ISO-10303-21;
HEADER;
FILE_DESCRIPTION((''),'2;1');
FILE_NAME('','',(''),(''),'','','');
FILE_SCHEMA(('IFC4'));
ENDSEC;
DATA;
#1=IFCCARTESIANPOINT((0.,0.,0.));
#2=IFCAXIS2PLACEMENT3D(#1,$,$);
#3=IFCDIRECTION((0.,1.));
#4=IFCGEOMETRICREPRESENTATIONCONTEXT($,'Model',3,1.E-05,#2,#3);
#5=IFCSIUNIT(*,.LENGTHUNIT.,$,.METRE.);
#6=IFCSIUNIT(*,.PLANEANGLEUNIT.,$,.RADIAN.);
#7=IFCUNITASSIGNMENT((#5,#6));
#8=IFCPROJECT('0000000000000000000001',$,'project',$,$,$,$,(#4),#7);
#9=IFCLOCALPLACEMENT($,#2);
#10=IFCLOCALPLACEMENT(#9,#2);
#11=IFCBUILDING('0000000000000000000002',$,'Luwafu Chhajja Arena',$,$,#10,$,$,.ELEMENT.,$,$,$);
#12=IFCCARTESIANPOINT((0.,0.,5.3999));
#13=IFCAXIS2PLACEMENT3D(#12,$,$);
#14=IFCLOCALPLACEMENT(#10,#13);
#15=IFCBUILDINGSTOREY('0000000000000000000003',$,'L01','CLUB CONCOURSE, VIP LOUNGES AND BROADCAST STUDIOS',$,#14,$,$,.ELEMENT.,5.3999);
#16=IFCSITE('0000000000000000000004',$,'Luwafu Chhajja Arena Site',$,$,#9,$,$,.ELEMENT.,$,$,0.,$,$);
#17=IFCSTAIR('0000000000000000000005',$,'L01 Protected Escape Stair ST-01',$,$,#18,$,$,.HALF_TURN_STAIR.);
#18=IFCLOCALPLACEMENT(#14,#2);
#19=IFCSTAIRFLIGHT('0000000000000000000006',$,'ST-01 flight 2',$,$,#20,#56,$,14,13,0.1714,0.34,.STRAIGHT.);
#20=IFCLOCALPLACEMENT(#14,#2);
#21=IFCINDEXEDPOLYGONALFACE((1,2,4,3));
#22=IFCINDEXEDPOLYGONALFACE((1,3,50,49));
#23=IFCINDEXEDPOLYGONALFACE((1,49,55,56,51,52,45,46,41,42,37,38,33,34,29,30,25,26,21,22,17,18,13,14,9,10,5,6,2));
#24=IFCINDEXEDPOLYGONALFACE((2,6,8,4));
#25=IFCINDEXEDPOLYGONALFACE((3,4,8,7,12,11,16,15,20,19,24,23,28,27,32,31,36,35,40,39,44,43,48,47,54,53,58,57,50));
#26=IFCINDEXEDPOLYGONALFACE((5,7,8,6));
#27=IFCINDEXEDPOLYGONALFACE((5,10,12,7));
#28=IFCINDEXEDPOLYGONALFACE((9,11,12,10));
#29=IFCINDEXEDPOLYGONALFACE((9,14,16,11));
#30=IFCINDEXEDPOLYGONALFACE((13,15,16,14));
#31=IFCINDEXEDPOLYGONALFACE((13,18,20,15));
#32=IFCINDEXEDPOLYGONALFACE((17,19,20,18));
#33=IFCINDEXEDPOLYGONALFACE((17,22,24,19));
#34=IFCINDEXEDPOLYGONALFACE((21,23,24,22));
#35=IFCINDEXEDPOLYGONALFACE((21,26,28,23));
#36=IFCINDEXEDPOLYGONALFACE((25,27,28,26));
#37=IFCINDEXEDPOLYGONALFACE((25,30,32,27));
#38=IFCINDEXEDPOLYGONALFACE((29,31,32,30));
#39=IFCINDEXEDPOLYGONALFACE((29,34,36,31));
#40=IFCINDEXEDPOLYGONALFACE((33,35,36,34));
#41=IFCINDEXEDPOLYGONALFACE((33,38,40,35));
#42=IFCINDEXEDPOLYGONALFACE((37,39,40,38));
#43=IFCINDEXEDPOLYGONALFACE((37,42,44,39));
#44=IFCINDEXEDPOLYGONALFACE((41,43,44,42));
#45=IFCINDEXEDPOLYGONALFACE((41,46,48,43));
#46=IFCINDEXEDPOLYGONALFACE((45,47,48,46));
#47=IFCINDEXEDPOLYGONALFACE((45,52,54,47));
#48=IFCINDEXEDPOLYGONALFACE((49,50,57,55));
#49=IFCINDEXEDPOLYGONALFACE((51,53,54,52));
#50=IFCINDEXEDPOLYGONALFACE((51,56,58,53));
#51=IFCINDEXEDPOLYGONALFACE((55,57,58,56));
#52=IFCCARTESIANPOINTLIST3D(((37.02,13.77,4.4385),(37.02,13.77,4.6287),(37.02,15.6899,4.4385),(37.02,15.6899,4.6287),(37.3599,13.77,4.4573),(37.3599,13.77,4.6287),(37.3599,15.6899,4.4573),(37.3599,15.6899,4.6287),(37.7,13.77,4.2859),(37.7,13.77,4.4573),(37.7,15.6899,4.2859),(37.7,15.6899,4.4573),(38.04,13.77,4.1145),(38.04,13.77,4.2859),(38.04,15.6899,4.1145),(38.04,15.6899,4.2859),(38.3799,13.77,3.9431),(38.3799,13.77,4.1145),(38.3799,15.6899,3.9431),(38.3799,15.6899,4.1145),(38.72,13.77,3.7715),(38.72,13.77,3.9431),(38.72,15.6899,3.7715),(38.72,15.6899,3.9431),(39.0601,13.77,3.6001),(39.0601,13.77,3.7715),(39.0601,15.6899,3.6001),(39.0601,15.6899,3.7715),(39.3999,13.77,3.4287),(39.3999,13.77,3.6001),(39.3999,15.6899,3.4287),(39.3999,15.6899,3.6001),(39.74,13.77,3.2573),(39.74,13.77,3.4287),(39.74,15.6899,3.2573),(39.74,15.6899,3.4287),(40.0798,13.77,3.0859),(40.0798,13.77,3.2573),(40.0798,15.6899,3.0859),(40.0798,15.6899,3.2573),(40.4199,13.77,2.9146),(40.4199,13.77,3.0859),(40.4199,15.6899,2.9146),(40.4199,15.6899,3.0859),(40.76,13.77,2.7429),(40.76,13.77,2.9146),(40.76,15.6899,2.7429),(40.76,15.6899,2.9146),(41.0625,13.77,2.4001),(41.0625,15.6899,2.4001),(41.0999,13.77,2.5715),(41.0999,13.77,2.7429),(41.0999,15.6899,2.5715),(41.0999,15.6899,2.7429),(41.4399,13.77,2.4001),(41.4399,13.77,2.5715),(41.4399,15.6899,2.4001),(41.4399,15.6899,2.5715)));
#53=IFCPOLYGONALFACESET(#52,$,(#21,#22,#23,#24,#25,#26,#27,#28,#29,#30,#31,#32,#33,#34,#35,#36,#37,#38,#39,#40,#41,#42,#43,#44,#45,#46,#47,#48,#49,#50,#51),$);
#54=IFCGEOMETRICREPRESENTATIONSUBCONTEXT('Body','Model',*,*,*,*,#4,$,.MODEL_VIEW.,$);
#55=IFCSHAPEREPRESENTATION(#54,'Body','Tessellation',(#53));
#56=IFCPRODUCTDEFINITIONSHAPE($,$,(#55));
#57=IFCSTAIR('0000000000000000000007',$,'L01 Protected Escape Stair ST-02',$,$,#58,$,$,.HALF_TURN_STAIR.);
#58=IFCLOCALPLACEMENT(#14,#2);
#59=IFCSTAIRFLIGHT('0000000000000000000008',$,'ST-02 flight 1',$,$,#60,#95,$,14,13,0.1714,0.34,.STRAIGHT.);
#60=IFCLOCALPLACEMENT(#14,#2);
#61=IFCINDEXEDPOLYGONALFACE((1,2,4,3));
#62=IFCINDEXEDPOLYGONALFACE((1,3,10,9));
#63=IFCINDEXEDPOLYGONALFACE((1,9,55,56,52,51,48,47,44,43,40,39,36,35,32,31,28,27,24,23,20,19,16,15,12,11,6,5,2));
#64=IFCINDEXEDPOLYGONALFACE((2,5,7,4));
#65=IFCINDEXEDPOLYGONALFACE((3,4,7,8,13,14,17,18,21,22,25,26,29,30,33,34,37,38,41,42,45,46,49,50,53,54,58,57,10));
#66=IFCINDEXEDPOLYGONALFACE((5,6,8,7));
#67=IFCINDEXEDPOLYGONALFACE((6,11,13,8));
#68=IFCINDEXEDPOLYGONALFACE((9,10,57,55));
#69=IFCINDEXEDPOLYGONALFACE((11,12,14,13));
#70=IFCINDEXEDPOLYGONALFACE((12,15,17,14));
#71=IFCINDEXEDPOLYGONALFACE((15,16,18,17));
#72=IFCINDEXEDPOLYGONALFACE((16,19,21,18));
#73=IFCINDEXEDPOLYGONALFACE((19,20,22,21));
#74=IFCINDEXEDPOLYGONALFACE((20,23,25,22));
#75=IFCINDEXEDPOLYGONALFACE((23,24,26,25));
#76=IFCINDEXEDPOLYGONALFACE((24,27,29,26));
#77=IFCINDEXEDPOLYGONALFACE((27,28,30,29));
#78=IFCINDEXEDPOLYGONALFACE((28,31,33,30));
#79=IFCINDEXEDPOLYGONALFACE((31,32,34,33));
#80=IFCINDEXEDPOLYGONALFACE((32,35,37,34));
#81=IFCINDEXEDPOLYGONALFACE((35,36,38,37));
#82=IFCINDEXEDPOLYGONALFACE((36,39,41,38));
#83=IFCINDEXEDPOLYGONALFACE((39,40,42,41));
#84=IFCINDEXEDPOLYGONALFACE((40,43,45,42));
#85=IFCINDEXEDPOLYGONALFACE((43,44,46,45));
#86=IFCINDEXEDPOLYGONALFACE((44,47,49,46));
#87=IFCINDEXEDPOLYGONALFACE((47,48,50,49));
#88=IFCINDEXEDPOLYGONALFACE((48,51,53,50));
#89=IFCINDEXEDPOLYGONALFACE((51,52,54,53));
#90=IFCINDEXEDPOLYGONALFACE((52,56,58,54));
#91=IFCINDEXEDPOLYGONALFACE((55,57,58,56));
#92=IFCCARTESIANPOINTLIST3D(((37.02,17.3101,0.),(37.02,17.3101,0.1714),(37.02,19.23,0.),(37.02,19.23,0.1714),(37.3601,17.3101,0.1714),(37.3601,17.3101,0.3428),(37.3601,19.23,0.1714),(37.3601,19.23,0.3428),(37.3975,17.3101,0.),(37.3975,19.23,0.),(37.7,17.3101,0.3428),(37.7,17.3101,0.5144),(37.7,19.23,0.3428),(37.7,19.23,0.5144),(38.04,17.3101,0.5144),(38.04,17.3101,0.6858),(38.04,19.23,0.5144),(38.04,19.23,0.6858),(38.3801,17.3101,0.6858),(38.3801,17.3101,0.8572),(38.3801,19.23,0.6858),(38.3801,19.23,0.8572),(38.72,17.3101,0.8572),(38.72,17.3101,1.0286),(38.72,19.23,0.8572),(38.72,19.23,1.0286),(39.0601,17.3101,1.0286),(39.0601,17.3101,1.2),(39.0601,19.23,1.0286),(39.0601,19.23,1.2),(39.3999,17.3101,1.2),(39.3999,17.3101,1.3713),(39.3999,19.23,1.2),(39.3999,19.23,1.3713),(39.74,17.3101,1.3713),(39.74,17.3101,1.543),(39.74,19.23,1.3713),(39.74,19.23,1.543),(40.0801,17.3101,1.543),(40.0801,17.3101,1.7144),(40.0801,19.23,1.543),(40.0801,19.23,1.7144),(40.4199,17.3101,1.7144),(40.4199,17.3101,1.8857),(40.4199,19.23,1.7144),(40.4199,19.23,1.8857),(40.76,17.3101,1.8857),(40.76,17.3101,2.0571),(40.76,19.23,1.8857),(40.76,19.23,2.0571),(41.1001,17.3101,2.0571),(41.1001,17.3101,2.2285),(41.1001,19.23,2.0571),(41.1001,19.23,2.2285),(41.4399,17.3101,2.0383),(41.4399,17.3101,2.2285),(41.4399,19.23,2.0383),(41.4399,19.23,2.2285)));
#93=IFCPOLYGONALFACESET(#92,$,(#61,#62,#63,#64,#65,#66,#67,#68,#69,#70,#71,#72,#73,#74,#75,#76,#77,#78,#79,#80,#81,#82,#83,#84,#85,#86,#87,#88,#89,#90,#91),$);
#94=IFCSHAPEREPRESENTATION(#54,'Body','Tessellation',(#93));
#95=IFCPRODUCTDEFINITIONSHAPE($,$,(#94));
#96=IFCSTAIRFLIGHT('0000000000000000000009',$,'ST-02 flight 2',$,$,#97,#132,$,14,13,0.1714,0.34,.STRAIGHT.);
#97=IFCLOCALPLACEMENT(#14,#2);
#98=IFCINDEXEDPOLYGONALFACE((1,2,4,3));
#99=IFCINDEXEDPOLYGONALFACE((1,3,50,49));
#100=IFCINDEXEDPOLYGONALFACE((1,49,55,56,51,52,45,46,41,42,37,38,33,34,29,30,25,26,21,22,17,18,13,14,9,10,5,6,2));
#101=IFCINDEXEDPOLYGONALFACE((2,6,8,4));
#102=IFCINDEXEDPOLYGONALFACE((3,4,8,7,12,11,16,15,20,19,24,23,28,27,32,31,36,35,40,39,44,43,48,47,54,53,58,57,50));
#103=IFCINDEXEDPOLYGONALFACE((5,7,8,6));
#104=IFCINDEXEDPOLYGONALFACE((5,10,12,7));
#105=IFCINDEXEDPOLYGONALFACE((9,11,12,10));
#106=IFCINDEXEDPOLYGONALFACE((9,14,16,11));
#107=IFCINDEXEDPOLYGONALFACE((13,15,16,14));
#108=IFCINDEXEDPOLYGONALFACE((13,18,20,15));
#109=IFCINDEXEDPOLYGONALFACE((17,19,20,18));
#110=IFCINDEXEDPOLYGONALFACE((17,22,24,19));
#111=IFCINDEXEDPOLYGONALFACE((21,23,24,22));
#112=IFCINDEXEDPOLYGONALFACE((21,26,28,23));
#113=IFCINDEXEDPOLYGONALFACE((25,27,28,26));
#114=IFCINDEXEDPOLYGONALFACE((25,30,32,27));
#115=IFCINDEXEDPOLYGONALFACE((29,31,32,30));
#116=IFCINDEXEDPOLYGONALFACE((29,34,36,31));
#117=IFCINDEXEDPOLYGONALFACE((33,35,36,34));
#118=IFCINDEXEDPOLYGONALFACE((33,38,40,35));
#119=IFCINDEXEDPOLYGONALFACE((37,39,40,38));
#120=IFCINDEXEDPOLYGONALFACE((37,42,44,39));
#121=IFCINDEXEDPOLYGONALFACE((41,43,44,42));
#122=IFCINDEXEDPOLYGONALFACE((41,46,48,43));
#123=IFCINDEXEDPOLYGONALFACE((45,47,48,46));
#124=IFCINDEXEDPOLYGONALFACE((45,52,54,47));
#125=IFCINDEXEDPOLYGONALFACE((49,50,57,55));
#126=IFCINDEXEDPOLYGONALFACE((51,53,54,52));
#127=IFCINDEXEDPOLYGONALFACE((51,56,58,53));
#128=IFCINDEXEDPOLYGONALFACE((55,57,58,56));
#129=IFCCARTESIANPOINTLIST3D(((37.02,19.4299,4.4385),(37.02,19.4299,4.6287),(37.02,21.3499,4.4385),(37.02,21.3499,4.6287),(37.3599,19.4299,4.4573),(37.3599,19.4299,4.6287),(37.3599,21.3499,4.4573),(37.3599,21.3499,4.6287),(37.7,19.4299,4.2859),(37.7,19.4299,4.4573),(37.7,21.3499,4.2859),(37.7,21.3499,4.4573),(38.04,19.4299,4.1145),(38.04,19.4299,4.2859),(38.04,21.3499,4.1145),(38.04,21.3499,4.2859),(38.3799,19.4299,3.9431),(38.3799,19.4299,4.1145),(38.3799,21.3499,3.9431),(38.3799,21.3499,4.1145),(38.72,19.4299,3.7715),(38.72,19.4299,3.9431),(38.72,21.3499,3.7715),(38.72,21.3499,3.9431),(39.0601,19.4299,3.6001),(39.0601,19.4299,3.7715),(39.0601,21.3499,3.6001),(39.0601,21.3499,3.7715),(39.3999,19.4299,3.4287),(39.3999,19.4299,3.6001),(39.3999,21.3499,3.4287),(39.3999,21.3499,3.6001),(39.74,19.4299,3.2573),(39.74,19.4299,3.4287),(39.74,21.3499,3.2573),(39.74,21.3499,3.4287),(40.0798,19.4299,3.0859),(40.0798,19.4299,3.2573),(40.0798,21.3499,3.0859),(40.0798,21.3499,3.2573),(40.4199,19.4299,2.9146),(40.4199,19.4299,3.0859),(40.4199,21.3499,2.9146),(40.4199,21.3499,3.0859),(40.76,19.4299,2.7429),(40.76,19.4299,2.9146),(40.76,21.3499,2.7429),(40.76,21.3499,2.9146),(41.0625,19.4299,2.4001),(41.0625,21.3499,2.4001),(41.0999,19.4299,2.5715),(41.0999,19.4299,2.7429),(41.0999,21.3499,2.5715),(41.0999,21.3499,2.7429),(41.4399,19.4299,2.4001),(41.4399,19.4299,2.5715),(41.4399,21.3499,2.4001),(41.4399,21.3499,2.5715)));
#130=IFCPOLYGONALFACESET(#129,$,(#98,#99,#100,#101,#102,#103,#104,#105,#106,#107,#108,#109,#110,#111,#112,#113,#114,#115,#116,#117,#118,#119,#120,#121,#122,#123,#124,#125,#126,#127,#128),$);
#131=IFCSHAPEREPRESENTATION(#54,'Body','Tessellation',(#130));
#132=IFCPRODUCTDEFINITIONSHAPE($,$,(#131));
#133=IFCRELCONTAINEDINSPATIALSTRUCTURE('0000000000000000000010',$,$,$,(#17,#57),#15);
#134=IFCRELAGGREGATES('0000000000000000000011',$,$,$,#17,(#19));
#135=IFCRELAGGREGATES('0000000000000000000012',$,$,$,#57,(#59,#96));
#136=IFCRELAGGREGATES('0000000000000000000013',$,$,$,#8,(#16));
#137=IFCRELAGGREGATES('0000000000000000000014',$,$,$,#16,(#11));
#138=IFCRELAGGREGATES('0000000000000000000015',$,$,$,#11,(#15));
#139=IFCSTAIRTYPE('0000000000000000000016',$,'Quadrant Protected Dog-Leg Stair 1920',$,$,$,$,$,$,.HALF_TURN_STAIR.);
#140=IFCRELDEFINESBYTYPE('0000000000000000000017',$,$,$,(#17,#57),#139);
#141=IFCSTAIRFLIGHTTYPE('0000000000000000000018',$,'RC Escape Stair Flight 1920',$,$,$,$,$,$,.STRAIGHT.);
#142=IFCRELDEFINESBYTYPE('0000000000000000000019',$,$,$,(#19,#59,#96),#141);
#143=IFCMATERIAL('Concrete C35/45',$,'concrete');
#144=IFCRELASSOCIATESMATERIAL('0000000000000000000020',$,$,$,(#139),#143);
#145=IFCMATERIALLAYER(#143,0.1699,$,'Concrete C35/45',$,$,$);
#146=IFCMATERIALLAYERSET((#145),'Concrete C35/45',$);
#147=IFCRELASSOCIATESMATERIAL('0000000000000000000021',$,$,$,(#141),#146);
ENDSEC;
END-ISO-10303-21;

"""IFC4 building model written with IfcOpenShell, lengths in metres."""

from ifc_helpers import new_model, si_unit, direction, frame, origin, place, context, subcontext, project, spatial, polyline, outline, extrude, material, layer, layer_set, type_object, element, aggregate, save


model = new_model("IFC4")

# Units and contexts
model_context = context("Model", 3, precision=1e-05, world=origin(), true_north=direction((0.0, 1.0)))
body_context = subcontext(model_context, "Body", "Model", "MODEL_VIEW")
ifc_project = project(units=[si_unit("LENGTHUNIT", "METRE"), si_unit("PLANEANGLEUNIT", "RADIAN")], contexts=[model_context])

# Site, building, storey
site_placement = place(None, origin())
site = spatial("IfcSite", under=ifc_project, at=site_placement, Name="Luwafu Chhajja Arena Site", CompositionType="ELEMENT", RefElevation=0.0)
building_placement = place(site_placement, origin())
building = spatial("IfcBuilding", under=site, at=building_placement, Name="Luwafu Chhajja Arena", CompositionType="ELEMENT")
storey_placement = place(building_placement, frame((0.0, 0.0, 5.3999)))
storey = spatial("IfcBuildingStorey", under=building, at=storey_placement, Name="L01", Description="CLUB CONCOURSE, VIP LOUNGES AND BROADCAST STUDIOS", CompositionType="ELEMENT", Elevation=5.3999)

# Shared definitions
ifc_material_1 = material(Name="Concrete C35/45", Category="concrete")

# Stair, stair flight
stair_type = type_object("IfcStairType", Name="Quadrant Protected Dog-Leg Stair 1920", PredefinedType="HALF_TURN_STAIR", material=ifc_material_1)
stair_1_placement = place(storey_placement, origin())
stair_1 = element("IfcStair", 1, at=stair_1_placement, inside=storey, type_object=stair_type, Name="L01 Protected Escape Stair ST-01", PredefinedType="HALF_TURN_STAIR")
ifc_layer_1 = layer(ifc_material_1, 0.1699, Name="Concrete C35/45")
ifc_layer_set_1 = layer_set([ifc_layer_1], Name="Concrete C35/45")
stair_flight_type = type_object("IfcStairFlightType", Name="RC Escape Stair Flight 1920", PredefinedType="STRAIGHT", material=ifc_layer_set_1)
stair_flight_1_placement = place(storey_placement, frame((41.4399, 14.73, 2.4001), z_axis=(0.0, 0.0, 1.0), x_axis=(-1.0, 0.0, 0.0)))
stair_flight_1 = element("IfcStairFlight", 2, at=stair_flight_1_placement, type_object=stair_flight_type, Name="ST-01 flight 2", NumberOfRisers=14, NumberOfTreads=13, PredefinedType="STRAIGHT", RiserHeight=0.1714, TreadLength=0.34, context=body_context, shape_type="SweptSolid", body=[
    extrude(outline(polyline([(0.0, 0.0), (0.0, 0.1714), (0.3401, 0.1714), (0.3401, 0.3428), (0.6799, 0.3428), (0.6799, 0.5144), (1.02, 0.5144), (1.02, 0.6858), (1.3601, 0.6858), (1.3601, 0.8572), (1.7, 0.8572), (1.7, 1.0286), (2.04, 1.0286), (2.04, 1.2), (2.3799, 1.2), (2.3799, 1.3713), (2.72, 1.3713), (2.72, 1.543), (3.0601, 1.543), (3.0601, 1.7144), (3.3999, 1.7144), (3.3999, 1.8857), (3.74, 1.8857), (3.74, 2.0571), (4.0801, 2.0571), (4.0801, 2.2285), (4.4199, 2.2285), (4.4199, 2.3999), (4.4199, 2.0383), (0.3774, 0.0), (0.0, 0.0)])), frame((0.0, 0.96, 0.0), z_axis=(0.0, -1.0, 0.0), x_axis=(1.0, 0.0, 0.0)), (0.0, 0.0, 1.0), 1.9199),
])
aggregate(stair_1, [stair_flight_1])

# Stair, stair flights
stair_2_placement = place(storey_placement, origin())
stair_2 = element("IfcStair", 3, at=stair_2_placement, inside=storey, type_object=stair_type, Name="L01 Protected Escape Stair ST-02", PredefinedType="HALF_TURN_STAIR")
stair_flight_2_placement = place(storey_placement, frame((37.02, 18.27, 0.0), z_axis=(0.0, 0.0, 1.0), x_axis=(1.0, 0.0, 0.0)))
stair_flight_2 = element("IfcStairFlight", 4, at=stair_flight_2_placement, type_object=stair_flight_type, Name="ST-02 flight 1", NumberOfRisers=14, NumberOfTreads=13, PredefinedType="STRAIGHT", RiserHeight=0.1714, TreadLength=0.34, context=body_context, shape_type="SweptSolid", body=[
    extrude(outline(polyline([(0.0, 0.0), (0.0, 0.1714), (0.3401, 0.1714), (0.3401, 0.3428), (0.6799, 0.3428), (0.6799, 0.5144), (1.02, 0.5144), (1.02, 0.6858), (1.3601, 0.6858), (1.3601, 0.8572), (1.7, 0.8572), (1.7, 1.0286), (2.04, 1.0286), (2.04, 1.2), (2.3799, 1.2), (2.3799, 1.3713), (2.72, 1.3713), (2.72, 1.543), (3.0601, 1.543), (3.0601, 1.7144), (3.3999, 1.7144), (3.3999, 1.8857), (3.74, 1.8857), (3.74, 2.0571), (4.0801, 2.0571), (4.0801, 2.2285), (4.4199, 2.2285), (4.4199, 2.3999), (4.4199, 2.0383), (0.3774, 0.0), (0.0, 0.0)])), frame((0.0, 0.96, 0.0), z_axis=(0.0, -1.0, 0.0), x_axis=(1.0, 0.0, 0.0)), (0.0, 0.0, 1.0), 1.9199),
])
stair_flight_3_placement = place(storey_placement, frame((41.4399, 20.3899, 2.4001), z_axis=(0.0, 0.0, 1.0), x_axis=(-1.0, 0.0, 0.0)))
stair_flight_3 = element("IfcStairFlight", 5, at=stair_flight_3_placement, type_object=stair_flight_type, Name="ST-02 flight 2", NumberOfRisers=14, NumberOfTreads=13, PredefinedType="STRAIGHT", RiserHeight=0.1714, TreadLength=0.34, context=body_context, shape_type="SweptSolid", body=[
    extrude(outline(polyline([(0.0, 0.0), (0.0, 0.1714), (0.3401, 0.1714), (0.3401, 0.3428), (0.6799, 0.3428), (0.6799, 0.5144), (1.02, 0.5144), (1.02, 0.6858), (1.3601, 0.6858), (1.3601, 0.8572), (1.7, 0.8572), (1.7, 1.0286), (2.04, 1.0286), (2.04, 1.2), (2.3799, 1.2), (2.3799, 1.3713), (2.72, 1.3713), (2.72, 1.543), (3.0601, 1.543), (3.0601, 1.7144), (3.3999, 1.7144), (3.3999, 1.8857), (3.74, 1.8857), (3.74, 2.0571), (4.0801, 2.0571), (4.0801, 2.2285), (4.4199, 2.2285), (4.4199, 2.3999), (4.4199, 2.0383), (0.3774, 0.0), (0.0, 0.0)])), frame((0.0, 0.96, 0.0), z_axis=(0.0, -1.0, 0.0), x_axis=(1.0, 0.0, 0.0)), (0.0, 0.0, 1.0), 1.9199),
])
aggregate(stair_2, [stair_flight_2, stair_flight_3])

save(model, "model.ifc")
